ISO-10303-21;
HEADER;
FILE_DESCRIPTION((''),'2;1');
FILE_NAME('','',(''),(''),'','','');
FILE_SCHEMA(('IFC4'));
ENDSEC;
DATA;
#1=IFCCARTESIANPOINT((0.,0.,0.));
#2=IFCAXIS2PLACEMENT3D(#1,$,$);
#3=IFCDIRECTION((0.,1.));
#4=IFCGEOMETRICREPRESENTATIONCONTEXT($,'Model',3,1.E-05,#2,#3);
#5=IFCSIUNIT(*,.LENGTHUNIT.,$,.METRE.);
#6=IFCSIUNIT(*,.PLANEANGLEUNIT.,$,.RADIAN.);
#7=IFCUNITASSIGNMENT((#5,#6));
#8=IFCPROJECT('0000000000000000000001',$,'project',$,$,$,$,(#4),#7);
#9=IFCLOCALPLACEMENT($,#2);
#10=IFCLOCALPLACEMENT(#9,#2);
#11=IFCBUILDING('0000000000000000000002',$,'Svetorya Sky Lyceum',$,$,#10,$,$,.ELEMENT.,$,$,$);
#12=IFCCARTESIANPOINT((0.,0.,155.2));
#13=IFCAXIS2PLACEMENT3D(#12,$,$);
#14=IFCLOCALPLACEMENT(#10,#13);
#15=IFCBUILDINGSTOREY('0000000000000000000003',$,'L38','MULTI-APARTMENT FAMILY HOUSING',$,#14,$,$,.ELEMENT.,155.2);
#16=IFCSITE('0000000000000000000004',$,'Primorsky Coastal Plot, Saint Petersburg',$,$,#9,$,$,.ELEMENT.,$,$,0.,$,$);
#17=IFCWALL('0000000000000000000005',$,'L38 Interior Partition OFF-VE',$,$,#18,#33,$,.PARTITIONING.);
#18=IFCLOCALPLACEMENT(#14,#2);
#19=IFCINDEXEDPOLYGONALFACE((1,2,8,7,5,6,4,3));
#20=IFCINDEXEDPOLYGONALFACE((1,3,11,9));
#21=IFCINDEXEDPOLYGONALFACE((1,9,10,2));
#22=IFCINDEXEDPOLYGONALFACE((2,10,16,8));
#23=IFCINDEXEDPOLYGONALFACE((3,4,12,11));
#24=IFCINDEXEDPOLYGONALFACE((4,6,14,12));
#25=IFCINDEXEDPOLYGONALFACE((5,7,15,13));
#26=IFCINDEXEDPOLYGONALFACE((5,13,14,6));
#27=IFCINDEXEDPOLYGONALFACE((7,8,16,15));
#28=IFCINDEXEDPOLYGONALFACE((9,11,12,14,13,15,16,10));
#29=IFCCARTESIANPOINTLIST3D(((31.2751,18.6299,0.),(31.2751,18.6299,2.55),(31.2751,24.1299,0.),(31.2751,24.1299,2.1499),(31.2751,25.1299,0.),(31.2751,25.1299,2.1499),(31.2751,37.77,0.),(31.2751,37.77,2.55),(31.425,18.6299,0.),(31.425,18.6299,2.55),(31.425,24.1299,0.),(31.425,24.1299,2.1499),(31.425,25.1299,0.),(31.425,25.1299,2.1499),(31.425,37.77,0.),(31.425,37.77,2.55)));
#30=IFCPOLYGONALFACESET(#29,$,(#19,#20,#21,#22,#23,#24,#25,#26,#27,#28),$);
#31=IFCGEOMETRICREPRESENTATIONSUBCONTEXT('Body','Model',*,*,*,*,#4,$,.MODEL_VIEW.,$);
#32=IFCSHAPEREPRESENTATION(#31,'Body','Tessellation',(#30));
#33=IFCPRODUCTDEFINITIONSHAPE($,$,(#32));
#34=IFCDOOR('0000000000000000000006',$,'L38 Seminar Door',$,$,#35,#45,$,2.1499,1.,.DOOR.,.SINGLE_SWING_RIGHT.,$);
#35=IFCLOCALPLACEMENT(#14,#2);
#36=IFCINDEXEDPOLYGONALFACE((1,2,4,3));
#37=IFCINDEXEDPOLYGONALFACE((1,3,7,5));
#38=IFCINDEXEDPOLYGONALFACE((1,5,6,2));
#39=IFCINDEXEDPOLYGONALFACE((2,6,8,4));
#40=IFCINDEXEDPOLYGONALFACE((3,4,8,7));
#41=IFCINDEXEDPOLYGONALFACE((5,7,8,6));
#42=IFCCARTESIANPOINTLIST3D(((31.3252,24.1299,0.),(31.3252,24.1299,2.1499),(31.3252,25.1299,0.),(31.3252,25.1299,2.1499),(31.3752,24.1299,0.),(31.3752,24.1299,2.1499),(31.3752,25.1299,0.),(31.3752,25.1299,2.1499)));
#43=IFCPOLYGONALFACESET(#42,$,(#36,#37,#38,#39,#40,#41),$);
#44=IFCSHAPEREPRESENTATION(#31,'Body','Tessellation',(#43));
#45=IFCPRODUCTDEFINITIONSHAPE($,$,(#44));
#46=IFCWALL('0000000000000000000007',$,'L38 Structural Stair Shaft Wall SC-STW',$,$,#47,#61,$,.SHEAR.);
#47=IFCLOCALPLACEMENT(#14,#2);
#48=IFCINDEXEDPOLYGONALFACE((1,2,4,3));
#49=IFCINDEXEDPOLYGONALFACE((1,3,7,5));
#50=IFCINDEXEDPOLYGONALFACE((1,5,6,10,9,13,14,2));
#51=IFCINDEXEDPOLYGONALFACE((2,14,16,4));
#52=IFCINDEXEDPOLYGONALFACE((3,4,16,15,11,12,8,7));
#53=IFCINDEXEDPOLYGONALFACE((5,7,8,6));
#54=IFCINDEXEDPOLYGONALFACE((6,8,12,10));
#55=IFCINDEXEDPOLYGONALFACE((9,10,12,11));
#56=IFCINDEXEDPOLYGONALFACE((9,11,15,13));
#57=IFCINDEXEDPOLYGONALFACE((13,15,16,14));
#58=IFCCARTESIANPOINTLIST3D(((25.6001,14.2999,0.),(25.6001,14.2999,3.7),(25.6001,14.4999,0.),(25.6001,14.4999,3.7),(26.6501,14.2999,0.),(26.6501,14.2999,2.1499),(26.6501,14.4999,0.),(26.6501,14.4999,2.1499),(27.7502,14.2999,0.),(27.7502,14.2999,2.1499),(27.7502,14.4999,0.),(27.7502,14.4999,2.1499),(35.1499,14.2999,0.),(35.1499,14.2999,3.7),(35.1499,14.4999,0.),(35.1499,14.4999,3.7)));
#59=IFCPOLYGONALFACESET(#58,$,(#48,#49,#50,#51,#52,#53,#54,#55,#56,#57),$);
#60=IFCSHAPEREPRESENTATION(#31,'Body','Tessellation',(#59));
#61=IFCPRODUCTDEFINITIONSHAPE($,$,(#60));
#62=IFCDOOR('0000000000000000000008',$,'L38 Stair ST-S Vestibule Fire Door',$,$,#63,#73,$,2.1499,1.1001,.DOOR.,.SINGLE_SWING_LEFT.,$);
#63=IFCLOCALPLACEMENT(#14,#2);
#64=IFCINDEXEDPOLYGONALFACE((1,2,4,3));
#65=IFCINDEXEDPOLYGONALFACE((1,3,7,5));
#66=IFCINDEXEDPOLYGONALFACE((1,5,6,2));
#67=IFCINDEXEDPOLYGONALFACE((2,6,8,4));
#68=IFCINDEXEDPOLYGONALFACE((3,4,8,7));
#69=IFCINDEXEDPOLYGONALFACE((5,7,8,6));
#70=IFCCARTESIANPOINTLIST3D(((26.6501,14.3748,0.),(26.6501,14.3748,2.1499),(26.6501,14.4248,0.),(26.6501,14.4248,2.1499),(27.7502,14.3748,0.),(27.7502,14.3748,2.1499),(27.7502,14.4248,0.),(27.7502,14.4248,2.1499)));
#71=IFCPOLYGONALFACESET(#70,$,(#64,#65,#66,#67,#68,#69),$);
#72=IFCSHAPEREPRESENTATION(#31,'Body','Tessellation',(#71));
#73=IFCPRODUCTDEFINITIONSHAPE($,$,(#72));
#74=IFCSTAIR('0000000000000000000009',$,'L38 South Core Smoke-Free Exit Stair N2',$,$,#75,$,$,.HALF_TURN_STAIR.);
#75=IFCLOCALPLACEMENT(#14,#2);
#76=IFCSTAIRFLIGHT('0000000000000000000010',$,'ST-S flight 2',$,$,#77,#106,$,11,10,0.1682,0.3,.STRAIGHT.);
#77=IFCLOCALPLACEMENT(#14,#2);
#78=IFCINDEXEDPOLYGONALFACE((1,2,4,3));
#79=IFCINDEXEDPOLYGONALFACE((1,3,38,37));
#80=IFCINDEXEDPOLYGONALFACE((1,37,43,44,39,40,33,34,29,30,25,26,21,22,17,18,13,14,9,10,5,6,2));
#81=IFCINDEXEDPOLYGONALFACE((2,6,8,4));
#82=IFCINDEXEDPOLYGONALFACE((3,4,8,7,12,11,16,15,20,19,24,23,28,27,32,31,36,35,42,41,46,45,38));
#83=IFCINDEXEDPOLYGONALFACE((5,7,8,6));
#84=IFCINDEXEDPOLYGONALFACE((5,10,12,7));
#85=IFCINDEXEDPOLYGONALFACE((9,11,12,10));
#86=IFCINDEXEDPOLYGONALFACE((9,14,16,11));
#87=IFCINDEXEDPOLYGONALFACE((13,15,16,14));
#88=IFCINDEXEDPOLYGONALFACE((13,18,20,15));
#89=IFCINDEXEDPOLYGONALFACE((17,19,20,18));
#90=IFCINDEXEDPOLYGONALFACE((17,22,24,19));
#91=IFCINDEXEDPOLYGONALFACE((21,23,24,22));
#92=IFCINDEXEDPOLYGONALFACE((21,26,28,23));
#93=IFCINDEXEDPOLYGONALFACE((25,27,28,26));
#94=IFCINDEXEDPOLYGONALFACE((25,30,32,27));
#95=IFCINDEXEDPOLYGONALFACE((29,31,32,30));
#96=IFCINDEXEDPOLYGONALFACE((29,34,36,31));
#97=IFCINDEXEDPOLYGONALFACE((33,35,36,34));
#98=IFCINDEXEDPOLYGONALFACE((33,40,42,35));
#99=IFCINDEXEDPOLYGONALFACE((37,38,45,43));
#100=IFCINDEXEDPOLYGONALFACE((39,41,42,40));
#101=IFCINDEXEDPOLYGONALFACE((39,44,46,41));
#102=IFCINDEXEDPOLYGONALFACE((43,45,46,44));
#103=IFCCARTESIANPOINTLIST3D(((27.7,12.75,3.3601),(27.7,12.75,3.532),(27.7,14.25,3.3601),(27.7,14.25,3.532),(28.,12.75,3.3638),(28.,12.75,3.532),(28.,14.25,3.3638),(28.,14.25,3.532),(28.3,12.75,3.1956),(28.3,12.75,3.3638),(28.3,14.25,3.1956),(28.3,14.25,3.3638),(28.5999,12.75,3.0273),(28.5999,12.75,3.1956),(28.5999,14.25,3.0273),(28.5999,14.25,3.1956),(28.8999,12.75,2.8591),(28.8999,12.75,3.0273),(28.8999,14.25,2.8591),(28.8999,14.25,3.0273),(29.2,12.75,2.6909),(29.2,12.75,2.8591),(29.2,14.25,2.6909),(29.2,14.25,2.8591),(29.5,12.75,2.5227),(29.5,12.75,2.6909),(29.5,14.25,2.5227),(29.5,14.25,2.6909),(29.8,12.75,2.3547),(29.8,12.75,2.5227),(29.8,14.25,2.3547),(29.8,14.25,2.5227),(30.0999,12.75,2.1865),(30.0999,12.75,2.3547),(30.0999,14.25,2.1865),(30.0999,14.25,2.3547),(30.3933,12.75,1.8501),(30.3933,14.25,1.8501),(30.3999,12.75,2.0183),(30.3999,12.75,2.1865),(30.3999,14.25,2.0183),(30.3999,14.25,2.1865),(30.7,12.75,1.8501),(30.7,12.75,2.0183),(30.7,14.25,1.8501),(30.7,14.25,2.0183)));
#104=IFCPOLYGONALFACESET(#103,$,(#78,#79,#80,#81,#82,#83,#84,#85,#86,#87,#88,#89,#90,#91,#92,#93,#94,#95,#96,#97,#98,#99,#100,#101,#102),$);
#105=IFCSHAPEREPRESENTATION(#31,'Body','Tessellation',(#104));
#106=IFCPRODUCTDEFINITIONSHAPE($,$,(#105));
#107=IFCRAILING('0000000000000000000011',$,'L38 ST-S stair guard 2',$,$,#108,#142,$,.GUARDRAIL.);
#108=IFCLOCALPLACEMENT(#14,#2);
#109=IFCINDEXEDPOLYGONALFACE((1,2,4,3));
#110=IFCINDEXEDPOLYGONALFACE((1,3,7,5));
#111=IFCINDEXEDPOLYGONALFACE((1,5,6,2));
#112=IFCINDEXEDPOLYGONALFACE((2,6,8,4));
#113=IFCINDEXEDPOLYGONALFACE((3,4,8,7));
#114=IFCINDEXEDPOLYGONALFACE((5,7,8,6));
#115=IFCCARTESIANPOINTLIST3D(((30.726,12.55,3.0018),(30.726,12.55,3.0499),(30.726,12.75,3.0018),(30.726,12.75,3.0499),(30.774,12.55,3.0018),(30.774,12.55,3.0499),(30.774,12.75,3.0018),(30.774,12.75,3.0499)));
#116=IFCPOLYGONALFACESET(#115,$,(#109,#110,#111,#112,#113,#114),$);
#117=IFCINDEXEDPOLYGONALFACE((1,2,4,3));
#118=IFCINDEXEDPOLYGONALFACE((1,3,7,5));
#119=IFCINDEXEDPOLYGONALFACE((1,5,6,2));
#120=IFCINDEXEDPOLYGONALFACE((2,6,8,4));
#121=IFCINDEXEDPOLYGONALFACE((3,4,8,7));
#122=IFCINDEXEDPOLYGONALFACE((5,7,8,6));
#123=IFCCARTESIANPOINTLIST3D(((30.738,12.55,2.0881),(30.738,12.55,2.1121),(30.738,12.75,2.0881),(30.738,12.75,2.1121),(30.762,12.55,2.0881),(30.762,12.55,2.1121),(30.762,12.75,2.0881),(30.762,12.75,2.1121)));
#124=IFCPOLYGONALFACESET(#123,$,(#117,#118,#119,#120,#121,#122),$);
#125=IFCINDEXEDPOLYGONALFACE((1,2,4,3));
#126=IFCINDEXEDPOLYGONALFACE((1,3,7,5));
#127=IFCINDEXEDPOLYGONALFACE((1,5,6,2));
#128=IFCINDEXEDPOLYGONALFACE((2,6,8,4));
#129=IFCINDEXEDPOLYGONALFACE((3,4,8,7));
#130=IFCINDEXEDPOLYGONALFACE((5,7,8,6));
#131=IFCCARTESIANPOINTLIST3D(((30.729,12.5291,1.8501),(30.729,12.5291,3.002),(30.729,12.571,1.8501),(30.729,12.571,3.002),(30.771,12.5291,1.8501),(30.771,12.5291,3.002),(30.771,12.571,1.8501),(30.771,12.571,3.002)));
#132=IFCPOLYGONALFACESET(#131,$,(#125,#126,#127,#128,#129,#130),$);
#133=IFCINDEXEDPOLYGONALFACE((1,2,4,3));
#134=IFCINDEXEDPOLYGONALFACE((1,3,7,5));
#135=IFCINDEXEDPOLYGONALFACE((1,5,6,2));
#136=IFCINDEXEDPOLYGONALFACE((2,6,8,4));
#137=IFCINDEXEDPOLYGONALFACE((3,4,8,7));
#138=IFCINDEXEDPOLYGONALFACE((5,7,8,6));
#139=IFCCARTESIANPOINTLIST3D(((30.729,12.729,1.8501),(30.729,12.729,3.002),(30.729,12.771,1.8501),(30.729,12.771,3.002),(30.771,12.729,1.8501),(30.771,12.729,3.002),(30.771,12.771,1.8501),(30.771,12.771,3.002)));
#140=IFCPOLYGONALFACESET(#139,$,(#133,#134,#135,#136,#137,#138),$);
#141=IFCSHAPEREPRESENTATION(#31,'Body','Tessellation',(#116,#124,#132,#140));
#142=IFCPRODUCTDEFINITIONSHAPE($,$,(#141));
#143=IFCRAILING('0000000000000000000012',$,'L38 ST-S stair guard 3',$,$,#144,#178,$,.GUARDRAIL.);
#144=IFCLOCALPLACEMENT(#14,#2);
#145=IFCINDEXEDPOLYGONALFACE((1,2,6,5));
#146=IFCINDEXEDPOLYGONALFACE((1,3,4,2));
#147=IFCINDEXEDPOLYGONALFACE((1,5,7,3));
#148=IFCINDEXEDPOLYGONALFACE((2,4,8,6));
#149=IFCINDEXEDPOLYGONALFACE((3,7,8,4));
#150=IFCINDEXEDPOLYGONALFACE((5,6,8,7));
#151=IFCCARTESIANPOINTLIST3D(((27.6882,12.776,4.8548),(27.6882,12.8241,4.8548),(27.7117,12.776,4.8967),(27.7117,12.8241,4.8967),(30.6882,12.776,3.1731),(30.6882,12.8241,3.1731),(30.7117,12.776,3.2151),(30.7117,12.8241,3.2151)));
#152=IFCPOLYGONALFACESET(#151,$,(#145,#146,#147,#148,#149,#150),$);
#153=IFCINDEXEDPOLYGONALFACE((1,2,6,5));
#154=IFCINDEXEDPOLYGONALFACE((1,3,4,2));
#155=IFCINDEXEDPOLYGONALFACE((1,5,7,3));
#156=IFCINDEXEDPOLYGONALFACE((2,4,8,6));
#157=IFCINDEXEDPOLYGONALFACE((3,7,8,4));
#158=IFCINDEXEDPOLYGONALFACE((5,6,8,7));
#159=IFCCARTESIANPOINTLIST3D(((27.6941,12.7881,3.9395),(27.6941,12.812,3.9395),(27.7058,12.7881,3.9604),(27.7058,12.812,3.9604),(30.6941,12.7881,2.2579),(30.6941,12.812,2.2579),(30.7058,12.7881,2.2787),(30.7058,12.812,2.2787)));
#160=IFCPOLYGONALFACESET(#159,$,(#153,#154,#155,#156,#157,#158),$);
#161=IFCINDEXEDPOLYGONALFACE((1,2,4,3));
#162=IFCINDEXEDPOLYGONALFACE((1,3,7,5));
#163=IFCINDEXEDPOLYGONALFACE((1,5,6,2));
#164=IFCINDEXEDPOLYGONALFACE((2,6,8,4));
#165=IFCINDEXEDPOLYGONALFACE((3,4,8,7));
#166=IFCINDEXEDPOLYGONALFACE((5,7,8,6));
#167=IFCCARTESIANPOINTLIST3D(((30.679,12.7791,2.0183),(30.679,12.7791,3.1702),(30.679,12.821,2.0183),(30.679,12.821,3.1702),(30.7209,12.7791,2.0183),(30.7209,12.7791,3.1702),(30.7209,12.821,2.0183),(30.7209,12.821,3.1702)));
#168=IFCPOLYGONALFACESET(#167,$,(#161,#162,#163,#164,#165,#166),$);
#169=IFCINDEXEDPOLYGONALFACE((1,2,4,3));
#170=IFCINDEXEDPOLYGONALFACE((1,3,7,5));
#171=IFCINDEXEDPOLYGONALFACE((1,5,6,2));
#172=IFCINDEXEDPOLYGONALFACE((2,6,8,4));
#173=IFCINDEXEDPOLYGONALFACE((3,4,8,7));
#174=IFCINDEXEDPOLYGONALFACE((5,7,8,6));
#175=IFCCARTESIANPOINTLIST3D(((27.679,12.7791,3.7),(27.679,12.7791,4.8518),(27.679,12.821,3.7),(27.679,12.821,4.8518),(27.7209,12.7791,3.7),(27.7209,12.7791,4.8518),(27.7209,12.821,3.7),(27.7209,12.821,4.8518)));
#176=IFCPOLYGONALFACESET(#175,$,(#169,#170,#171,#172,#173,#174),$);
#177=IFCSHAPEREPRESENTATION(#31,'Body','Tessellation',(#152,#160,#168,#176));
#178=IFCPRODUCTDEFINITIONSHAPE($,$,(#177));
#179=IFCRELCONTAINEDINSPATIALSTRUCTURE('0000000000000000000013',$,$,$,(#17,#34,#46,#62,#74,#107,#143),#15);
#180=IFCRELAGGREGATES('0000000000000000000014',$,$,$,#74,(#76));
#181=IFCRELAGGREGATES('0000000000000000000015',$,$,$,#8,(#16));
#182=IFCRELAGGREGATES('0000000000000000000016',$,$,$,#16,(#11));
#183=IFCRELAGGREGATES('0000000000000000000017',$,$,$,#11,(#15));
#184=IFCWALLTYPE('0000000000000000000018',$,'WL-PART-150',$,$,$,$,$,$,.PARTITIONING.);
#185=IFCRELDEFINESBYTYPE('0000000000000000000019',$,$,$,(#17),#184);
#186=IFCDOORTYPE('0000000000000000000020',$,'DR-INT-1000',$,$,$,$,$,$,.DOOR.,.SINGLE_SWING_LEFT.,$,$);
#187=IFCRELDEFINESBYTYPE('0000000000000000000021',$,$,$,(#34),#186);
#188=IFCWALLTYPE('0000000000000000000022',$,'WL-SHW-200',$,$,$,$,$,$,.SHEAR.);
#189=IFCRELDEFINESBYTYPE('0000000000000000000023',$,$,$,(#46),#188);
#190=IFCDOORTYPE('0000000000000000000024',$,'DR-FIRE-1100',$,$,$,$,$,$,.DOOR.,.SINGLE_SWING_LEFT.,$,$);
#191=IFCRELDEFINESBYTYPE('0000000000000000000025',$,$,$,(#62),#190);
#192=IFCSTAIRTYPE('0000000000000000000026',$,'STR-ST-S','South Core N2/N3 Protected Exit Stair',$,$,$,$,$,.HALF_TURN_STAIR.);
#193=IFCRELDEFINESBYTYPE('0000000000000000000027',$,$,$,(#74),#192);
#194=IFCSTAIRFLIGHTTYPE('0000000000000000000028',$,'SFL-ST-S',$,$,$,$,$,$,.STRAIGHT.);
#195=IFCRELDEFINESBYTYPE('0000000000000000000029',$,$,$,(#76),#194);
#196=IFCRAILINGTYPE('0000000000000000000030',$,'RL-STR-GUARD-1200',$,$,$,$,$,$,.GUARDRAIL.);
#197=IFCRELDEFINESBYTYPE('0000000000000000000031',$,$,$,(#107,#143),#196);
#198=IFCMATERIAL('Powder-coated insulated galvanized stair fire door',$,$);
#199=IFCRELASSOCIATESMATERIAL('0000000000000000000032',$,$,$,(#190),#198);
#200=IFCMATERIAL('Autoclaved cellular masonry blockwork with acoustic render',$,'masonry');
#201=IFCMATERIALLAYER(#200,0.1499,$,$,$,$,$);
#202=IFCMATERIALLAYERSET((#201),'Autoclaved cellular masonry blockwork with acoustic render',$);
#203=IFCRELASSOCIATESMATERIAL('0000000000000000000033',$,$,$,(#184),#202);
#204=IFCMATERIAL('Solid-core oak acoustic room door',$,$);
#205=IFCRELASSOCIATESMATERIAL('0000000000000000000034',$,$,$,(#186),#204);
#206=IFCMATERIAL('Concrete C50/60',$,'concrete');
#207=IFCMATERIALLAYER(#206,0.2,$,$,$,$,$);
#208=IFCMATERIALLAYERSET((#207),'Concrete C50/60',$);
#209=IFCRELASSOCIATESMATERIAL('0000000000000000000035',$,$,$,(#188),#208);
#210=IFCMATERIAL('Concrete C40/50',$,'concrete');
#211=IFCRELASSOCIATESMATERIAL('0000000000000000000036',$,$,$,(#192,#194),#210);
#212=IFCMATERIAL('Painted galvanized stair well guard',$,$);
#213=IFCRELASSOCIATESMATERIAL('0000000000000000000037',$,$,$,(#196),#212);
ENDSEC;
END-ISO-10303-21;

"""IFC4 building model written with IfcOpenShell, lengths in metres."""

from ifc_helpers import new_model, si_unit, direction, frame, frame_2d, origin, origin_2d, place, context, subcontext, project, spatial, polyline, rectangle, outline, extrude, material, layer, layer_set, type_object, element, fill, aggregate, save


model = new_model("IFC4")

# Units and contexts
model_context = context("Model", 3, precision=1e-05, world=origin(), true_north=direction((0.0, 1.0)))
body_context = subcontext(model_context, "Body", "Model", "MODEL_VIEW")
ifc_project = project(units=[si_unit("LENGTHUNIT", "METRE"), si_unit("PLANEANGLEUNIT", "RADIAN")], contexts=[model_context])

# Site, building, storey
site_placement = place(None, origin())
site = spatial("IfcSite", under=ifc_project, at=site_placement, Name="Primorsky Coastal Plot, Saint Petersburg", CompositionType="ELEMENT", RefElevation=0.0)
building_placement = place(site_placement, origin())
building = spatial("IfcBuilding", under=site, at=building_placement, Name="Svetorya Sky Lyceum", CompositionType="ELEMENT")
storey_placement = place(building_placement, frame((0.0, 0.0, 155.2)))
storey = spatial("IfcBuildingStorey", under=building, at=storey_placement, Name="L38", Description="MULTI-APARTMENT FAMILY HOUSING", CompositionType="ELEMENT", Elevation=155.2)

# Shared definitions
ifc_material_1 = material(Name="Concrete C50/60", Category="concrete")

# Shared definitions
ifc_material_2 = material(Name="Powder-coated insulated galvanized stair fire door")
door_type_1 = type_object("IfcDoorType", Name="DR-FIRE-1100", OperationType="SINGLE_SWING_LEFT", PredefinedType="DOOR", material=ifc_material_2)

# Shared definitions
ifc_material_3 = material(Name="Autoclaved cellular masonry blockwork with acoustic render", Category="masonry")
ifc_layer_1 = layer(ifc_material_3, 0.1499)
ifc_layer_set_1 = layer_set([ifc_layer_1], Name="Autoclaved cellular masonry blockwork with acoustic render")
wall_type_1 = type_object("IfcWallType", Name="WL-PART-150", PredefinedType="PARTITIONING", material=ifc_layer_set_1)

# Walls, openings, doors
ifc_material_4 = material(Name="Solid-core oak acoustic room door")
door_type_2 = type_object("IfcDoorType", Name="DR-INT-1000", OperationType="SINGLE_SWING_LEFT", PredefinedType="DOOR", material=ifc_material_4)
wall_1_placement = place(storey_placement, frame((31.3501, 18.6299, 0.0), z_axis=(0.0, 0.0, 1.0), x_axis=(0.0, 1.0, 0.0)))
wall_1 = element("IfcWall", 1, at=wall_1_placement, inside=storey, type_object=wall_type_1, Name="L38 Interior Partition OFF-VE", PredefinedType="PARTITIONING", context=body_context, shape_type="SweptSolid", body=[
    extrude(rectangle(XDim=19.1401, YDim=0.1499, at=frame_2d((9.5701, 0.0))), origin(), (0.0, 0.0, 1.0), 2.55),
])
opening_1_placement = place(wall_1_placement, frame((5.5, 0.0, 0.0)))
opening_1 = element("IfcOpeningElement", 2, at=opening_1_placement, cuts=wall_1, PredefinedType="OPENING", context=body_context, shape_type="SweptSolid", body=[
    extrude(rectangle(XDim=1.0, YDim=2.1499, at=frame_2d((0.5, 1.075))), frame((0.0, 0.085, 0.0), z_axis=(0.0, -1.0, 0.0), x_axis=(1.0, 0.0, 0.0)), (0.0, 0.0, 1.0), 0.1699),
])
door_1_placement = place(opening_1_placement, origin())
door_1 = element("IfcDoor", 3, at=door_1_placement, inside=storey, type_object=door_type_2, Name="L38 Seminar Door", OperationType="SINGLE_SWING_RIGHT", OverallHeight=2.1499, OverallWidth=1.0, PredefinedType="DOOR", context=body_context, shape_type="SweptSolid", body=[
    extrude(rectangle(XDim=1.0, YDim=2.1499, at=frame_2d((0.5, 1.075))), frame((0.0, 0.0249, 0.0), z_axis=(0.0, -1.0, 0.0), x_axis=(1.0, 0.0, 0.0)), (0.0, 0.0, 1.0), 0.05),
])
fill(opening_1, door_1)
ifc_layer_2 = layer(ifc_material_1, 0.2)
ifc_layer_set_2 = layer_set([ifc_layer_2], Name="Concrete C50/60")
wall_type_2 = type_object("IfcWallType", Name="WL-SHW-200", PredefinedType="SHEAR", material=ifc_layer_set_2)
wall_2_placement = place(storey_placement, frame((25.6001, 14.3999, 0.0), z_axis=(0.0, 0.0, 1.0), x_axis=(1.0, 0.0, 0.0)))
wall_2 = element("IfcWall", 4, at=wall_2_placement, inside=storey, type_object=wall_type_2, Name="L38 Structural Stair Shaft Wall SC-STW", PredefinedType="SHEAR", context=body_context, shape_type="SweptSolid", body=[
    extrude(rectangle(XDim=9.5498, YDim=0.2, at=frame_2d((4.7749, 0.0))), origin(), (0.0, 0.0, 1.0), 3.7),
])
opening_2_placement = place(wall_2_placement, frame((1.05, 0.0, 0.0)))
opening_2 = element("IfcOpeningElement", 5, at=opening_2_placement, cuts=wall_2, PredefinedType="OPENING", context=body_context, shape_type="SweptSolid", body=[
    extrude(rectangle(XDim=1.1001, YDim=2.1499, at=frame_2d((0.55, 1.075))), frame((0.0, 0.1099, 0.0), z_axis=(0.0, -1.0, 0.0), x_axis=(1.0, 0.0, 0.0)), (0.0, 0.0, 1.0), 0.22),
])
door_2_placement = place(opening_2_placement, origin())
door_2 = element("IfcDoor", 6, at=door_2_placement, inside=storey, type_object=door_type_1, Name="L38 Stair ST-S Vestibule Fire Door", OperationType="SINGLE_SWING_LEFT", OverallHeight=2.1499, OverallWidth=1.1001, PredefinedType="DOOR", context=body_context, shape_type="SweptSolid", body=[
    extrude(rectangle(XDim=1.1001, YDim=2.1499, at=frame_2d((0.55, 1.075))), frame((0.0, 0.0249, 0.0), z_axis=(0.0, -1.0, 0.0), x_axis=(1.0, 0.0, 0.0)), (0.0, 0.0, 1.0), 0.05),
])
fill(opening_2, door_2)

# Stair, stair flight
ifc_material_5 = material(Name="Concrete C40/50", Category="concrete")
stair_type = type_object("IfcStairType", Name="STR-ST-S", Description="South Core N2/N3 Protected Exit Stair", PredefinedType="HALF_TURN_STAIR", material=ifc_material_5)
stair_placement = place(storey_placement, origin())
stair = element("IfcStair", 7, at=stair_placement, inside=storey, type_object=stair_type, Name="L38 South Core Smoke-Free Exit Stair N2", PredefinedType="HALF_TURN_STAIR")
stair_flight_type = type_object("IfcStairFlightType", Name="SFL-ST-S", PredefinedType="STRAIGHT", material=ifc_material_5)
stair_flight_placement = place(storey_placement, frame((30.7, 13.5, 1.8501), z_axis=(0.0, 0.0, 1.0), x_axis=(-1.0, 0.0, 0.0)))
stair_flight = element("IfcStairFlight", 8, at=stair_flight_placement, type_object=stair_flight_type, Name="ST-S flight 2", NumberOfRisers=11, NumberOfTreads=10, PredefinedType="STRAIGHT", RiserHeight=0.1682, TreadLength=0.3, context=body_context, shape_type="SweptSolid", body=[
    extrude(outline(polyline([(0.0, 0.0), (0.0, 0.1682), (0.3, 0.1682), (0.3, 0.3364), (0.6001, 0.3364), (0.6001, 0.5046), (0.8999, 0.5046), (0.8999, 0.6726), (1.2, 0.6726), (1.2, 0.8408), (1.5, 0.8408), (1.5, 1.009), (1.8, 1.009), (1.8, 1.1772), (2.1001, 1.1772), (2.1001, 1.3455), (2.3999, 1.3455), (2.3999, 1.5137), (2.7, 1.5137), (2.7, 1.6819), (3.0, 1.6819), (3.0, 1.8501), (3.0, 1.51), (0.3066, 0.0), (0.0, 0.0)])), frame((0.0, 0.75, 0.0), z_axis=(0.0, -1.0, 0.0), x_axis=(1.0, 0.0, 0.0)), (0.0, 0.0, 1.0), 1.5),
])
aggregate(stair, [stair_flight])

# Railings
ifc_material_6 = material(Name="Painted galvanized stair well guard")
railing_type_1 = type_object("IfcRailingType", Name="RL-STR-GUARD-1200", PredefinedType="GUARDRAIL", material=ifc_material_6)
railing_1_placement = place(storey_placement, frame((30.75, 12.55, 1.8501)))
element("IfcRailing", 9, at=railing_1_placement, inside=storey, type_object=railing_type_1, Name="L38 ST-S stair guard 2", PredefinedType="GUARDRAIL", context=body_context, shape_type="SweptSolid", body=[
    extrude(rectangle(XDim=0.0481, YDim=0.0481, at=origin_2d()), frame((0.0, 0.0, 1.1758), z_axis=(0.0, 1.0, 0.0), x_axis=(-1.0, 0.0, 0.0)), (0.0, 0.0, 1.0), 0.2),
    extrude(rectangle(XDim=0.0239, YDim=0.0239, at=origin_2d()), frame((0.0, 0.0, 0.25), z_axis=(0.0, 1.0, 0.0), x_axis=(-1.0, 0.0, 0.0)), (0.0, 0.0, 1.0), 0.2),
    extrude(rectangle(XDim=0.042, YDim=0.042, at=origin_2d()), origin(), (0.0, 0.0, 1.0), 1.1519),
    extrude(rectangle(XDim=0.042, YDim=0.042, at=origin_2d()), frame((0.0, 0.2, 0.0)), (0.0, 0.0, 1.0), 1.1519),
])
railing_2_placement = place(storey_placement, frame((30.7, 12.8, 2.0183)))
element("IfcRailing", 10, at=railing_2_placement, inside=storey, type_object=railing_type_1, Name="L38 ST-S stair guard 3", PredefinedType="GUARDRAIL", context=body_context, shape_type="SweptSolid", body=[
    extrude(rectangle(XDim=0.0481, YDim=0.0481, at=origin_2d()), frame((0.0, 0.0, 1.1758), z_axis=(-0.872303, 0.0, 0.488966), x_axis=(0.0, -1.0, 0.0)), (0.0, 0.0, 1.0), 3.4392),
    extrude(rectangle(XDim=0.0239, YDim=0.0239, at=origin_2d()), frame((0.0, 0.0, 0.25), z_axis=(-0.872303, 0.0, 0.488966), x_axis=(0.0, -1.0, 0.0)), (0.0, 0.0, 1.0), 3.4392),
    extrude(rectangle(XDim=0.042, YDim=0.042, at=origin_2d()), origin(), (0.0, 0.0, 1.0), 1.1519),
    extrude(rectangle(XDim=0.042, YDim=0.042, at=origin_2d()), frame((-3.0, 0.0, 1.6816)), (0.0, 0.0, 1.0), 1.1519),
])

save(model, "model.ifc")
